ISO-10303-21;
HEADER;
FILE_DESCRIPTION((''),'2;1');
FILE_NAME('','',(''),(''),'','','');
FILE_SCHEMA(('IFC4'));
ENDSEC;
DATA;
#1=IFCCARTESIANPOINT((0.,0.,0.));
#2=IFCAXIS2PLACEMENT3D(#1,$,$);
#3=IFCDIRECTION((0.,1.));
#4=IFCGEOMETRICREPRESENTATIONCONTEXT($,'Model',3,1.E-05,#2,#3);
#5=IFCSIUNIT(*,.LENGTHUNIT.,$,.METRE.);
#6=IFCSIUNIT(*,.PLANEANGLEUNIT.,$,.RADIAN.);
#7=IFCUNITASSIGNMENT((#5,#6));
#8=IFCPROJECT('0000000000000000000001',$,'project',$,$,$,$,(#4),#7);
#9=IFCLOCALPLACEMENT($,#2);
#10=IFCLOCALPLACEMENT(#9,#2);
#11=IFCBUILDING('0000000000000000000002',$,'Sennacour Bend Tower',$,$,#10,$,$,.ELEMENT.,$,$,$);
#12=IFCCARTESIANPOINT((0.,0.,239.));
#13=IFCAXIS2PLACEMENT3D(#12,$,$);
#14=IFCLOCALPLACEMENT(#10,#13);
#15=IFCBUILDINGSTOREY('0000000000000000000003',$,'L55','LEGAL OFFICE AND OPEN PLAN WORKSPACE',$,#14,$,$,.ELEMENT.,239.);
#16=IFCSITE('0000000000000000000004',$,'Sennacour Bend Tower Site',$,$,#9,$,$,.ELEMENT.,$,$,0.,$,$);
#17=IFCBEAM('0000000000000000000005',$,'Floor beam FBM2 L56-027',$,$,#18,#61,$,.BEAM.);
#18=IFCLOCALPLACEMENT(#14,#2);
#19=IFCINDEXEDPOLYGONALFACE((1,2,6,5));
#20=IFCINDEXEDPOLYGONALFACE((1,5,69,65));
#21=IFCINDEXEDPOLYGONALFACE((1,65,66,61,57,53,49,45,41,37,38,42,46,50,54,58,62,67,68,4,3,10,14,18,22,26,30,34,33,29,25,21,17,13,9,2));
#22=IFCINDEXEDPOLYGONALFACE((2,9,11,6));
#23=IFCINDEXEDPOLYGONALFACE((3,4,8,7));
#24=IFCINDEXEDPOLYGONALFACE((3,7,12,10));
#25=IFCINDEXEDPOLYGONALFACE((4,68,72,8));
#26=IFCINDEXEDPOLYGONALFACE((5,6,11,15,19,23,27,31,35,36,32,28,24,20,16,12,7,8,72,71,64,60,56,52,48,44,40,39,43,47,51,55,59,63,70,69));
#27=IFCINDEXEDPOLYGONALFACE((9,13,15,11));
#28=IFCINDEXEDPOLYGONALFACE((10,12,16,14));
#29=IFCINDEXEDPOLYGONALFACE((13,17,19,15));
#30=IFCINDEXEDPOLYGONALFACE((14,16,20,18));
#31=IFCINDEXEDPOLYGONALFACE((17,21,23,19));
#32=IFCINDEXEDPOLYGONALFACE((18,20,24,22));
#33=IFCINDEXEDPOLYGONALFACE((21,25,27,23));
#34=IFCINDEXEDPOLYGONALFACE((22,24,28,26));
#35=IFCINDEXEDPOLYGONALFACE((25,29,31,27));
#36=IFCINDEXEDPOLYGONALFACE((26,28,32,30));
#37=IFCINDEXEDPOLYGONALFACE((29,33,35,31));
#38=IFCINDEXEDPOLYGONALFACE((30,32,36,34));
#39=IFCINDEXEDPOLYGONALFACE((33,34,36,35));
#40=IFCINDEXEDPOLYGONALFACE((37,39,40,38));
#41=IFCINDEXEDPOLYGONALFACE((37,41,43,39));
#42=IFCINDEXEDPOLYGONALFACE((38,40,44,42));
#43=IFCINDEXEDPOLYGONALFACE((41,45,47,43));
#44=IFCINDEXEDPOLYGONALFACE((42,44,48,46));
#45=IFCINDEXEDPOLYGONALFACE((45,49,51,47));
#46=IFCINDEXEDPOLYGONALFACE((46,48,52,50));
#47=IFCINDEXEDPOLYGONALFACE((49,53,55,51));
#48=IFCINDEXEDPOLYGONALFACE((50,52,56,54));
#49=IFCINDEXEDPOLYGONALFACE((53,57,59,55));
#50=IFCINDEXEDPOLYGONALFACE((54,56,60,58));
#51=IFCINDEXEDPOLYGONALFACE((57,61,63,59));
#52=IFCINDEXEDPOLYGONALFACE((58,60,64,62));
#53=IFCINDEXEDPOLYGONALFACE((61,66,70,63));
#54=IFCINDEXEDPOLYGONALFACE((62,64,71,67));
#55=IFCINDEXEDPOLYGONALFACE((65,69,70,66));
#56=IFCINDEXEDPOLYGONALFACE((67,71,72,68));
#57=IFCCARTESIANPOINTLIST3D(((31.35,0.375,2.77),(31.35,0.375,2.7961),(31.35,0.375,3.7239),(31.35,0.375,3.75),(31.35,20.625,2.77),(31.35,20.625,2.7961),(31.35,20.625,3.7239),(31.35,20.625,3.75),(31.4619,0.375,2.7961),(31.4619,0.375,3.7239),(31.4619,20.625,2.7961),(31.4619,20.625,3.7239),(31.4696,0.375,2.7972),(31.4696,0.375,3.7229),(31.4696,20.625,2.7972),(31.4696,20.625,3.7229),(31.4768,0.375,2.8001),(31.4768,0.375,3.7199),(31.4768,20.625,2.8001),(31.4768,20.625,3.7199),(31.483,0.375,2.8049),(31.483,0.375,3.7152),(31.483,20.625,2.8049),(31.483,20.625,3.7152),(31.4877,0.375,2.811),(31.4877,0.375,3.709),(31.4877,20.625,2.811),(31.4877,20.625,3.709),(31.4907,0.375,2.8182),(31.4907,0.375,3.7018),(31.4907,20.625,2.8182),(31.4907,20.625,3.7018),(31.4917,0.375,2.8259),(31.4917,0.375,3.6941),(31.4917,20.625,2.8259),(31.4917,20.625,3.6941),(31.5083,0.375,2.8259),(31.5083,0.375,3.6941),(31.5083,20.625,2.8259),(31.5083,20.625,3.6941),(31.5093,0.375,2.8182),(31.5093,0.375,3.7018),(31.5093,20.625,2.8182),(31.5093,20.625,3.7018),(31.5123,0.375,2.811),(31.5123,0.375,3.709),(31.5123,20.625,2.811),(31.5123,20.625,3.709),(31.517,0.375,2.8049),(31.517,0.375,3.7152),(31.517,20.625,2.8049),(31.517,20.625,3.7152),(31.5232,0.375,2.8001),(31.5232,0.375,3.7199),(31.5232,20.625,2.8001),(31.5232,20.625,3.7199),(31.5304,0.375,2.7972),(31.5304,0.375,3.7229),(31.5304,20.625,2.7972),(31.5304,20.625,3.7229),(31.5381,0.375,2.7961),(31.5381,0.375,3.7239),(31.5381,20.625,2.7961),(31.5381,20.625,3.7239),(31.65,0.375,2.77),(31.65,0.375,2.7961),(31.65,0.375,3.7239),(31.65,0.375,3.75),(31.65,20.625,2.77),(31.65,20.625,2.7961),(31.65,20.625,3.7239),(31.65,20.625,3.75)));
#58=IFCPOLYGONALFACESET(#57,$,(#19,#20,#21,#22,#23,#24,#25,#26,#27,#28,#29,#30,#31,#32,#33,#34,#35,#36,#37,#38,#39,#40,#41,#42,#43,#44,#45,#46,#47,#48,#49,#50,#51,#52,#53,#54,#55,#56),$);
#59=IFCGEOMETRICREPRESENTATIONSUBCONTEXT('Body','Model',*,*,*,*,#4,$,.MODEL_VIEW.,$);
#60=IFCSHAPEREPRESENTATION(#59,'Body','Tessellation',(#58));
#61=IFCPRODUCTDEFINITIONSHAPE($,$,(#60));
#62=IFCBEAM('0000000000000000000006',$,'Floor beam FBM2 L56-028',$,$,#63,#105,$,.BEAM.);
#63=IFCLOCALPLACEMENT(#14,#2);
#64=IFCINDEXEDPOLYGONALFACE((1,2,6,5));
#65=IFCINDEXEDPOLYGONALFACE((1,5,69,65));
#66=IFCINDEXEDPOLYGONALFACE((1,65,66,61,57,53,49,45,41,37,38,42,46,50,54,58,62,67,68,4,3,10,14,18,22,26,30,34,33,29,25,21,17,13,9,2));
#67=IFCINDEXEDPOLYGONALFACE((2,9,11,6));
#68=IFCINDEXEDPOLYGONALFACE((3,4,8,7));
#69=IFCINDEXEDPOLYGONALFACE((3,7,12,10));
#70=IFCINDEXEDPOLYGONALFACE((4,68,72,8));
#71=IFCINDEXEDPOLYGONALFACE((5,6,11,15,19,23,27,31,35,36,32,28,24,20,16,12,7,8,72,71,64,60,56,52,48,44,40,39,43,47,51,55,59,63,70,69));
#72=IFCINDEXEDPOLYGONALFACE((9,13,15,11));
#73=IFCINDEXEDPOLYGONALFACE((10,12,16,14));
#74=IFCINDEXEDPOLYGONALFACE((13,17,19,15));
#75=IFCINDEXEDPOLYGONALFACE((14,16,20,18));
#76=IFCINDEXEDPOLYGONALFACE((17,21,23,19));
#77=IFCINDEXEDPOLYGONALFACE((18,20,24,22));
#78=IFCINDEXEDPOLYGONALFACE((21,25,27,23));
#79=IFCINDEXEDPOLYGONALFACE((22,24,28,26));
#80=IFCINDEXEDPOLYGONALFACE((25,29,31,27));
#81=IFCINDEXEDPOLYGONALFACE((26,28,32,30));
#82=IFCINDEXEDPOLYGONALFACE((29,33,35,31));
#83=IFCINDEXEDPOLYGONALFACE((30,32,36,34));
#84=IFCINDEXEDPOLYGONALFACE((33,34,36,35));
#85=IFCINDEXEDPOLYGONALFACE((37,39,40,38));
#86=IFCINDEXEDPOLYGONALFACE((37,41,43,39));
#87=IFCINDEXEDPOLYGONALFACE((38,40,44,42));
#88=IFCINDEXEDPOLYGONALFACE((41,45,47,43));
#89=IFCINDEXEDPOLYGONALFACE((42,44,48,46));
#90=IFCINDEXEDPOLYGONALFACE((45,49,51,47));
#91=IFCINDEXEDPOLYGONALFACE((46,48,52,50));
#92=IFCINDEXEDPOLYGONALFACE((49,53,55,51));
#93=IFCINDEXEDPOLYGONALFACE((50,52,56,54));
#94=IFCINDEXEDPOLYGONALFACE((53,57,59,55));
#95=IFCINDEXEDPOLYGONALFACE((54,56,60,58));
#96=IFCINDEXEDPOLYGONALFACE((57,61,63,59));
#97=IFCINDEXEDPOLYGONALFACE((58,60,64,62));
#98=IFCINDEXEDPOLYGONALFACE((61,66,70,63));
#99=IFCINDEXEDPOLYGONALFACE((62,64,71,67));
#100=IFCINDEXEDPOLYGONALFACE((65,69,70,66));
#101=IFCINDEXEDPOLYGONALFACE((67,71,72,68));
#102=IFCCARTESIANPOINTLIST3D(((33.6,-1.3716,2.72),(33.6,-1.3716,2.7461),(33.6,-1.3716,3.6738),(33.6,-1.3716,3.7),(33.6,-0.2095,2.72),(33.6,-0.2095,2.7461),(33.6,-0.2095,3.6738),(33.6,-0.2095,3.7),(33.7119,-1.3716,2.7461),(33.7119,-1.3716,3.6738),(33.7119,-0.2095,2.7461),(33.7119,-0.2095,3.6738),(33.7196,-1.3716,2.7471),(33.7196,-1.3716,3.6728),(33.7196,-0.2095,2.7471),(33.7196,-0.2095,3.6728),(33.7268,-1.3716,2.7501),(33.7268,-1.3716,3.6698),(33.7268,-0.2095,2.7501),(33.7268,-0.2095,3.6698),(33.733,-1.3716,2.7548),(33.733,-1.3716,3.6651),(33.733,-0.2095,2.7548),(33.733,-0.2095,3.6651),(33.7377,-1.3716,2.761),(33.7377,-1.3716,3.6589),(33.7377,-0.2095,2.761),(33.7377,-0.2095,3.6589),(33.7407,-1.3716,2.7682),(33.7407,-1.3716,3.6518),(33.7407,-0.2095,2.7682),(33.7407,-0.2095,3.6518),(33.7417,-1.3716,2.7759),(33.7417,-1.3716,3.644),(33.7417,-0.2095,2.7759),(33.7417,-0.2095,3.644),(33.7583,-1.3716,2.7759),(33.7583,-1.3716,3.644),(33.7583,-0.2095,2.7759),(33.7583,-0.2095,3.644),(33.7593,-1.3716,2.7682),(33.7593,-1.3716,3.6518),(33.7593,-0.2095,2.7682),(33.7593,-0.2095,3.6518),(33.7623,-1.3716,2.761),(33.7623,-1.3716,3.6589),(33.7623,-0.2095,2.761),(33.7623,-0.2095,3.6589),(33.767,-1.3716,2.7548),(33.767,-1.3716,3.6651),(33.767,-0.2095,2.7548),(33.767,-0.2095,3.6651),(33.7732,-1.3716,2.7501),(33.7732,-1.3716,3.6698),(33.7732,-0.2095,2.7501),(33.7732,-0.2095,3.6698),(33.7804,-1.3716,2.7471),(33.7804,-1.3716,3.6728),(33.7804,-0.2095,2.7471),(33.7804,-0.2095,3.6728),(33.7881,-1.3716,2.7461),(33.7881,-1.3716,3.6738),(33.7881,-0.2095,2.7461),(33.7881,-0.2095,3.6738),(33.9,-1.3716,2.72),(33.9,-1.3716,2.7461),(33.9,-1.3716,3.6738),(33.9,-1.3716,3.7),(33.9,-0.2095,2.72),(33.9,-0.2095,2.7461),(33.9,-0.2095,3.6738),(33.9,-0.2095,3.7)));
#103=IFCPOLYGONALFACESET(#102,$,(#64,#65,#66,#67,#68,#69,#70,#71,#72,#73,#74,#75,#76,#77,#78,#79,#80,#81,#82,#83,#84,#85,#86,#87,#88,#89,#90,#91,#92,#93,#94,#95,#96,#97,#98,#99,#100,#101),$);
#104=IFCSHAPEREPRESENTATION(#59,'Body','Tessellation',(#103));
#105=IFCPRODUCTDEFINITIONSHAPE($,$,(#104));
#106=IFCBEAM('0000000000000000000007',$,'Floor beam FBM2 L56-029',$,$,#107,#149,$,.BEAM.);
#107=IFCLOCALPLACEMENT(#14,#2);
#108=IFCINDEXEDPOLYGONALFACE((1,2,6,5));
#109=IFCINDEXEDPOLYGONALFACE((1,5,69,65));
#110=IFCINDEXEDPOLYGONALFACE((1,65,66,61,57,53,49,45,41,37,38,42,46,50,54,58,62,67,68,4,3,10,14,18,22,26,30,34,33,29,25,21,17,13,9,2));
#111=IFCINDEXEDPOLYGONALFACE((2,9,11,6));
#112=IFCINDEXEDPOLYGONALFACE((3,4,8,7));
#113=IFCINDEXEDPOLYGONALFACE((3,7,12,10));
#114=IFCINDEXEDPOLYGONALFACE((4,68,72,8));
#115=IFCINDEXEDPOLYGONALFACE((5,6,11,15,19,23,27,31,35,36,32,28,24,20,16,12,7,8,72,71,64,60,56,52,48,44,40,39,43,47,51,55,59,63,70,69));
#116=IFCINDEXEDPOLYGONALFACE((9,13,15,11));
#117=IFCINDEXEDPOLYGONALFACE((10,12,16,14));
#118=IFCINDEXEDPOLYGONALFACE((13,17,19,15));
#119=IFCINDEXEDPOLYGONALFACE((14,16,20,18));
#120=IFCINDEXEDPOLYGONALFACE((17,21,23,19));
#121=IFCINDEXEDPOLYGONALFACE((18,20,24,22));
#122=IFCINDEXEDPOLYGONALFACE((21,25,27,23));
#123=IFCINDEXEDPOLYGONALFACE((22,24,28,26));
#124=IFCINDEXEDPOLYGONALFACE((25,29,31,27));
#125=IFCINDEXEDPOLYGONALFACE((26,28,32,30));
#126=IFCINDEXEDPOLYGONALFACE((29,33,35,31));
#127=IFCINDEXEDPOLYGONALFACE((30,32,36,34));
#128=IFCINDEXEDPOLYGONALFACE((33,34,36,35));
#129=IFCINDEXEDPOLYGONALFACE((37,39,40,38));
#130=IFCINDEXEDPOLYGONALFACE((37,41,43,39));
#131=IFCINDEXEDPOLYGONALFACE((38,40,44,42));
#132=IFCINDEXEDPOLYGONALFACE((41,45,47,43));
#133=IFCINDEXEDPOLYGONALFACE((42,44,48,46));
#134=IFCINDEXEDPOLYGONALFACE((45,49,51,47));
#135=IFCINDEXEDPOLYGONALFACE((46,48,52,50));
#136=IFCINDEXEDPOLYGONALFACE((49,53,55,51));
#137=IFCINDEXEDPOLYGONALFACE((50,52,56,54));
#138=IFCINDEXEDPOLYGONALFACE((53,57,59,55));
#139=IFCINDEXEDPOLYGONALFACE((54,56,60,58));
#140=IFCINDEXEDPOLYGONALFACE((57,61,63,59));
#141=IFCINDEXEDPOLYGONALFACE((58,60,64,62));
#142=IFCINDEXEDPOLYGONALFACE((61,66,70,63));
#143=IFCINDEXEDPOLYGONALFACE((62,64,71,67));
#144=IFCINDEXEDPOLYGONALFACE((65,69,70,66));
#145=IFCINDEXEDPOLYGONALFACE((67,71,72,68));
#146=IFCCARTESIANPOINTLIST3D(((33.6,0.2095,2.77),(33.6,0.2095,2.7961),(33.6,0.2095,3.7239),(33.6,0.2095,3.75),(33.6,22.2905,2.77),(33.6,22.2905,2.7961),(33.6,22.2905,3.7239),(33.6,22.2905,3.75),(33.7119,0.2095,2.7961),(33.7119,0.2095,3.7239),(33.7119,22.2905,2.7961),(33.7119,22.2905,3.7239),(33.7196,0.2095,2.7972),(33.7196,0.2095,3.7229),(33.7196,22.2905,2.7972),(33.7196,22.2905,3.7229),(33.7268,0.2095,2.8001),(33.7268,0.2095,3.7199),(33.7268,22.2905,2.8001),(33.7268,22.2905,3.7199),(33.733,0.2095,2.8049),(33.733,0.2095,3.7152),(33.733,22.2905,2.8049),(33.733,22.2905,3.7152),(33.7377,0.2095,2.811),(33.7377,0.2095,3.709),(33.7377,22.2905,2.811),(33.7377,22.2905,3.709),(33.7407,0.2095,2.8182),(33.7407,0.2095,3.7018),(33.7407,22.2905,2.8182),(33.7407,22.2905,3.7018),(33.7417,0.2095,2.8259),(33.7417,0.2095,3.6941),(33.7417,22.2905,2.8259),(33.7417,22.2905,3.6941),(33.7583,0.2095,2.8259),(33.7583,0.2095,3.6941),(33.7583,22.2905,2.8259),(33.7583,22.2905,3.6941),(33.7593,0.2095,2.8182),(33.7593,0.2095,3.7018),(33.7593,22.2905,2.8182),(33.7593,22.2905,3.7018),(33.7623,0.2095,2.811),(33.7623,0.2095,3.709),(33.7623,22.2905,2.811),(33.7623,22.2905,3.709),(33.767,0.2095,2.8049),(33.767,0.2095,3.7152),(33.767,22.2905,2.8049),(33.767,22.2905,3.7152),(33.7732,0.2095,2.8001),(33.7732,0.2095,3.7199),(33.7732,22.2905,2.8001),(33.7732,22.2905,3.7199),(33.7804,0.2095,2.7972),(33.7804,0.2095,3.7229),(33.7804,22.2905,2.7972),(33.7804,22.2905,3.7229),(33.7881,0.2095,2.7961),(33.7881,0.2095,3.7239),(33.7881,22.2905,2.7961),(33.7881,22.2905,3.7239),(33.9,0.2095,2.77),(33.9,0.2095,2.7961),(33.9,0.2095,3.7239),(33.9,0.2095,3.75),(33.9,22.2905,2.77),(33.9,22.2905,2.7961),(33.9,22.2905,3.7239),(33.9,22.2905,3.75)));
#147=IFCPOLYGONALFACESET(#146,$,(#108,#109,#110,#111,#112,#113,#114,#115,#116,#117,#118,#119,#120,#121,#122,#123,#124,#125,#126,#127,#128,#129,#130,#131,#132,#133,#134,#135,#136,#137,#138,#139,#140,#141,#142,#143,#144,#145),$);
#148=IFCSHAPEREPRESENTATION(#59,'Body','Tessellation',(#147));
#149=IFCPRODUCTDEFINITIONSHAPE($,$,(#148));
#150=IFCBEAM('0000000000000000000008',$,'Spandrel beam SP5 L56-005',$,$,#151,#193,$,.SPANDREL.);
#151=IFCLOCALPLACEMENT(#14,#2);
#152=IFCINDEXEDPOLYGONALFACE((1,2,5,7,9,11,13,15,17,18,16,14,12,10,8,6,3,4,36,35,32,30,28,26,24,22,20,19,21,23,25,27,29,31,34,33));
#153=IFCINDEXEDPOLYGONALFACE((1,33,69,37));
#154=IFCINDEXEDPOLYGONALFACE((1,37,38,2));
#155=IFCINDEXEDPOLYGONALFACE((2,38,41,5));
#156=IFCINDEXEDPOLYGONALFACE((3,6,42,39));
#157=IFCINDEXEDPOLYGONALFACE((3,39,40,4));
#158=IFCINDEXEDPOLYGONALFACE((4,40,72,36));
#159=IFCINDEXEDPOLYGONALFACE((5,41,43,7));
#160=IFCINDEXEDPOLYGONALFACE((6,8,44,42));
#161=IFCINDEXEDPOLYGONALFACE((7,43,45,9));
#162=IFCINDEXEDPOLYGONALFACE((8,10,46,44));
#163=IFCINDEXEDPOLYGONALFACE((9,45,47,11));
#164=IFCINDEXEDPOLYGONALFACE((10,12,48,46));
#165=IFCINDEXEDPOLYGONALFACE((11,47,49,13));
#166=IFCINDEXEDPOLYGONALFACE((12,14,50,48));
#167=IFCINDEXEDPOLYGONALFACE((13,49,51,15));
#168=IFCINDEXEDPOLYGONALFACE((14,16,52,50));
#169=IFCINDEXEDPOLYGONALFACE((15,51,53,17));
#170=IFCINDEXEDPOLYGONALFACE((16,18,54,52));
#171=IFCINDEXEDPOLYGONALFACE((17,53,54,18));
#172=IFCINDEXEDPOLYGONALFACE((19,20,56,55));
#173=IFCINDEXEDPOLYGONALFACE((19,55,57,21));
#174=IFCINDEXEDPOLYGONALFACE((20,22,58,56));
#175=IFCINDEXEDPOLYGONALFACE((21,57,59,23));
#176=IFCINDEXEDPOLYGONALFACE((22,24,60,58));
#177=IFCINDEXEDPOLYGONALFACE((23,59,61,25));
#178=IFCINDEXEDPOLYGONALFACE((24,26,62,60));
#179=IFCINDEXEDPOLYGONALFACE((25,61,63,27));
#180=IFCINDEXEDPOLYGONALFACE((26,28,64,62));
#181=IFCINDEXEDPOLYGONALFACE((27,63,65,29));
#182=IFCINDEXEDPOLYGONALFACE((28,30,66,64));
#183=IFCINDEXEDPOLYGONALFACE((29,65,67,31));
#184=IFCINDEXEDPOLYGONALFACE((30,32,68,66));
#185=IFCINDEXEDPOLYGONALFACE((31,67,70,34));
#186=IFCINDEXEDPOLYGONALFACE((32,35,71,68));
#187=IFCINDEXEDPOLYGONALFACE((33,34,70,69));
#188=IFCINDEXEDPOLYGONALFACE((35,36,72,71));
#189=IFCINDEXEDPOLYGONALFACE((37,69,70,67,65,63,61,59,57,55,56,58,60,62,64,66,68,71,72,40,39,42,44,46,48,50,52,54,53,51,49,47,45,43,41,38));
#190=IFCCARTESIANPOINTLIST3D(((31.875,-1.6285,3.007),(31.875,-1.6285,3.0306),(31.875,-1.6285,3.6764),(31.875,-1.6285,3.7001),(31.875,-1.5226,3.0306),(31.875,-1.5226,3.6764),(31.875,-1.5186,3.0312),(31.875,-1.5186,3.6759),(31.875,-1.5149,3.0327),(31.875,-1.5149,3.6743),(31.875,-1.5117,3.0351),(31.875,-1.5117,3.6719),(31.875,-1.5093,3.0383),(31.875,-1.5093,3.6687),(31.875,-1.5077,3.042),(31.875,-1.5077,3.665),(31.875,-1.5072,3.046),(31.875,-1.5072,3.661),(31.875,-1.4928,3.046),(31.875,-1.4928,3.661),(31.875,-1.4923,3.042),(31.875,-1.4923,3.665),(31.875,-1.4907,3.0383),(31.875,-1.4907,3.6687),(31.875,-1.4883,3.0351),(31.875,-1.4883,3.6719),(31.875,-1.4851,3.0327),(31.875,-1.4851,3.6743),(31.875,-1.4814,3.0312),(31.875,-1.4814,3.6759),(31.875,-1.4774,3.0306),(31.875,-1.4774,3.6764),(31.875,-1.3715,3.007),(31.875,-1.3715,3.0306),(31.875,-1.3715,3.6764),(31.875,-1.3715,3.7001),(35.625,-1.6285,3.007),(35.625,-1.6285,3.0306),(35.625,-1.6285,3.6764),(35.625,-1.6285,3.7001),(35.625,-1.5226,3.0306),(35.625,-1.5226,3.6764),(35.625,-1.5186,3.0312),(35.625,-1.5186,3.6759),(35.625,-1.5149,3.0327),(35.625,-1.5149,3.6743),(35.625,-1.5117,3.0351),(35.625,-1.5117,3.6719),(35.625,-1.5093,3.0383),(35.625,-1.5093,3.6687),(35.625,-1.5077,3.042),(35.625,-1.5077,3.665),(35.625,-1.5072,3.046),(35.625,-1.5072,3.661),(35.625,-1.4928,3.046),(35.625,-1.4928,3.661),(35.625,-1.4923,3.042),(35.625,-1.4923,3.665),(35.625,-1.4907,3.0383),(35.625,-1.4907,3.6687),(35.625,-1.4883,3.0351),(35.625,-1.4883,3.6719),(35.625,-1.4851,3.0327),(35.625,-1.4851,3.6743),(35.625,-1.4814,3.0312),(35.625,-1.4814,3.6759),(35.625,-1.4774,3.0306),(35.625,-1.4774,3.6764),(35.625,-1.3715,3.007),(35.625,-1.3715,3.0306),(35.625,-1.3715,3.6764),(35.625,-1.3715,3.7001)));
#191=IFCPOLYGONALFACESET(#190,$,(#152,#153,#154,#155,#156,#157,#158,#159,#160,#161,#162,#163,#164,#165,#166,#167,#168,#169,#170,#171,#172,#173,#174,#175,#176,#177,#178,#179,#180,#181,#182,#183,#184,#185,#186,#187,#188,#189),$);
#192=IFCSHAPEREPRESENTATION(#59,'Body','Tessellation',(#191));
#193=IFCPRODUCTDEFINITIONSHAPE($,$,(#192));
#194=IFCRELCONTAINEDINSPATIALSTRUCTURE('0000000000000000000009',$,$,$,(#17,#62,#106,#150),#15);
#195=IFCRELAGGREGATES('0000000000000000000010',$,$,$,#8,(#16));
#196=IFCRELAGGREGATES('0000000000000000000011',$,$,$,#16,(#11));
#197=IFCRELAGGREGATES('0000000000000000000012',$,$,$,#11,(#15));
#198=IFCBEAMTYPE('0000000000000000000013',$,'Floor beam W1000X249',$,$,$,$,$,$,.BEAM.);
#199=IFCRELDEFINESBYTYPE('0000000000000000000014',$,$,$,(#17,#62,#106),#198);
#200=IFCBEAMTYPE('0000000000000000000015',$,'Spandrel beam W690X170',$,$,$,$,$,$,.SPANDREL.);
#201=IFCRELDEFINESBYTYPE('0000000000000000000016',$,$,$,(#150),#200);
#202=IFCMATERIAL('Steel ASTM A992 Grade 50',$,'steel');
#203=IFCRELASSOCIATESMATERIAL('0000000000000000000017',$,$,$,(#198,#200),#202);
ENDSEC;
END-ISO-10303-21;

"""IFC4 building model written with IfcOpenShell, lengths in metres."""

from ifc_helpers import new_model, si_unit, direction, frame, origin, origin_2d, place, context, subcontext, project, spatial, i_section, extrude, material, material_profile, profile_set, type_object, element, save


model = new_model("IFC4")

# Units and contexts
model_context = context("Model", 3, precision=1e-05, world=origin(), true_north=direction((0.0, 1.0)))
body_context = subcontext(model_context, "Body", "Model", "MODEL_VIEW")
ifc_project = project(units=[si_unit("LENGTHUNIT", "METRE"), si_unit("PLANEANGLEUNIT", "RADIAN")], contexts=[model_context])

# Site, building, storey
site_placement = place(None, origin())
site = spatial("IfcSite", under=ifc_project, at=site_placement, Name="Sennacour Bend Tower Site", CompositionType="ELEMENT", RefElevation=0.0)
building_placement = place(site_placement, origin())
building = spatial("IfcBuilding", under=site, at=building_placement, Name="Sennacour Bend Tower", CompositionType="ELEMENT")
storey_placement = place(building_placement, frame((0.0, 0.0, 239.0)))
storey = spatial("IfcBuildingStorey", under=building, at=storey_placement, Name="L55", Description="LEGAL OFFICE AND OPEN PLAN WORKSPACE", CompositionType="ELEMENT", Elevation=239.0)

# Beams
ifc_material_1 = material(Name="Steel ASTM A992 Grade 50", Category="steel")
ifc_material_profile_1 = material_profile(ifc_material_1, i_section(OverallWidth=0.3, OverallDepth=0.98, WebThickness=0.0166, FlangeThickness=0.0261, FilletRadius=0.0298, at=origin_2d()), Name="Steel ASTM A992 Grade 50", Category="steel")
ifc_profile_set_1 = profile_set([ifc_material_profile_1], Name="Steel ASTM A992 Grade 50")
beam_type_1 = type_object("IfcBeamType", Name="Floor beam W1000X249", PredefinedType="BEAM", material=ifc_profile_set_1)
beam_1_placement = place(storey_placement, frame((31.5, 0.375, 3.26), z_axis=(0.0, 1.0, 0.0), x_axis=(-1.0, 0.0, 0.0)))
element("IfcBeam", 1, at=beam_1_placement, inside=storey, type_object=beam_type_1, Name="Floor beam FBM2 L56-027", PredefinedType="BEAM", context=body_context, shape_type="SweptSolid", body=[
    extrude(i_section(OverallWidth=0.3, OverallDepth=0.98, WebThickness=0.0166, FlangeThickness=0.0261, FilletRadius=0.0298, at=origin_2d()), origin(), (0.0, 0.0, 1.0), 20.25),
])
beam_2_placement = place(storey_placement, frame((33.75, -1.3716, 3.21), z_axis=(0.0, 1.0, 0.0), x_axis=(-1.0, 0.0, 0.0)))
element("IfcBeam", 2, at=beam_2_placement, inside=storey, type_object=beam_type_1, Name="Floor beam FBM2 L56-028", PredefinedType="BEAM", context=body_context, shape_type="SweptSolid", body=[
    extrude(i_section(OverallWidth=0.3, OverallDepth=0.98, WebThickness=0.0166, FlangeThickness=0.0261, FilletRadius=0.0298, at=origin_2d()), origin(), (0.0, 0.0, 1.0), 1.1621),
])
beam_3_placement = place(storey_placement, frame((33.75, 0.2095, 3.26), z_axis=(0.0, 1.0, 0.0), x_axis=(-1.0, 0.0, 0.0)))
element("IfcBeam", 3, at=beam_3_placement, inside=storey, type_object=beam_type_1, Name="Floor beam FBM2 L56-029", PredefinedType="BEAM", context=body_context, shape_type="SweptSolid", body=[
    extrude(i_section(OverallWidth=0.3, OverallDepth=0.98, WebThickness=0.0166, FlangeThickness=0.0261, FilletRadius=0.0298, at=origin_2d()), origin(), (0.0, 0.0, 1.0), 22.0811),
])
ifc_material_profile_2 = material_profile(ifc_material_1, i_section(OverallWidth=0.2571, OverallDepth=0.6931, WebThickness=0.0144, FlangeThickness=0.0237, FilletRadius=0.0154, at=origin_2d()), Name="Steel ASTM A992 Grade 50", Category="steel")
ifc_profile_set_2 = profile_set([ifc_material_profile_2], Name="Steel ASTM A992 Grade 50")
beam_type_2 = type_object("IfcBeamType", Name="Spandrel beam W690X170", PredefinedType="SPANDREL", material=ifc_profile_set_2)
for number, where, z_axis, x_axis, name in (
    (4, (35.625, -1.5, 3.3535), (-1.0, 0.0, 0.0), (0.0, -1.0, 0.0), "Spandrel beam SP5 L56-005"),
):
    element("IfcBeam", number, at=place(storey_placement, frame(where, z_axis=z_axis, x_axis=x_axis)), inside=storey, type_object=beam_type_2, Name=name, PredefinedType="SPANDREL", context=body_context, shape_type="SweptSolid", body=[
        extrude(i_section(OverallWidth=0.2571, OverallDepth=0.6931, WebThickness=0.0144, FlangeThickness=0.0237, FilletRadius=0.0154, at=origin_2d()), origin(), (0.0, 0.0, 1.0), 3.75),
    ])

save(model, "model.ifc")
